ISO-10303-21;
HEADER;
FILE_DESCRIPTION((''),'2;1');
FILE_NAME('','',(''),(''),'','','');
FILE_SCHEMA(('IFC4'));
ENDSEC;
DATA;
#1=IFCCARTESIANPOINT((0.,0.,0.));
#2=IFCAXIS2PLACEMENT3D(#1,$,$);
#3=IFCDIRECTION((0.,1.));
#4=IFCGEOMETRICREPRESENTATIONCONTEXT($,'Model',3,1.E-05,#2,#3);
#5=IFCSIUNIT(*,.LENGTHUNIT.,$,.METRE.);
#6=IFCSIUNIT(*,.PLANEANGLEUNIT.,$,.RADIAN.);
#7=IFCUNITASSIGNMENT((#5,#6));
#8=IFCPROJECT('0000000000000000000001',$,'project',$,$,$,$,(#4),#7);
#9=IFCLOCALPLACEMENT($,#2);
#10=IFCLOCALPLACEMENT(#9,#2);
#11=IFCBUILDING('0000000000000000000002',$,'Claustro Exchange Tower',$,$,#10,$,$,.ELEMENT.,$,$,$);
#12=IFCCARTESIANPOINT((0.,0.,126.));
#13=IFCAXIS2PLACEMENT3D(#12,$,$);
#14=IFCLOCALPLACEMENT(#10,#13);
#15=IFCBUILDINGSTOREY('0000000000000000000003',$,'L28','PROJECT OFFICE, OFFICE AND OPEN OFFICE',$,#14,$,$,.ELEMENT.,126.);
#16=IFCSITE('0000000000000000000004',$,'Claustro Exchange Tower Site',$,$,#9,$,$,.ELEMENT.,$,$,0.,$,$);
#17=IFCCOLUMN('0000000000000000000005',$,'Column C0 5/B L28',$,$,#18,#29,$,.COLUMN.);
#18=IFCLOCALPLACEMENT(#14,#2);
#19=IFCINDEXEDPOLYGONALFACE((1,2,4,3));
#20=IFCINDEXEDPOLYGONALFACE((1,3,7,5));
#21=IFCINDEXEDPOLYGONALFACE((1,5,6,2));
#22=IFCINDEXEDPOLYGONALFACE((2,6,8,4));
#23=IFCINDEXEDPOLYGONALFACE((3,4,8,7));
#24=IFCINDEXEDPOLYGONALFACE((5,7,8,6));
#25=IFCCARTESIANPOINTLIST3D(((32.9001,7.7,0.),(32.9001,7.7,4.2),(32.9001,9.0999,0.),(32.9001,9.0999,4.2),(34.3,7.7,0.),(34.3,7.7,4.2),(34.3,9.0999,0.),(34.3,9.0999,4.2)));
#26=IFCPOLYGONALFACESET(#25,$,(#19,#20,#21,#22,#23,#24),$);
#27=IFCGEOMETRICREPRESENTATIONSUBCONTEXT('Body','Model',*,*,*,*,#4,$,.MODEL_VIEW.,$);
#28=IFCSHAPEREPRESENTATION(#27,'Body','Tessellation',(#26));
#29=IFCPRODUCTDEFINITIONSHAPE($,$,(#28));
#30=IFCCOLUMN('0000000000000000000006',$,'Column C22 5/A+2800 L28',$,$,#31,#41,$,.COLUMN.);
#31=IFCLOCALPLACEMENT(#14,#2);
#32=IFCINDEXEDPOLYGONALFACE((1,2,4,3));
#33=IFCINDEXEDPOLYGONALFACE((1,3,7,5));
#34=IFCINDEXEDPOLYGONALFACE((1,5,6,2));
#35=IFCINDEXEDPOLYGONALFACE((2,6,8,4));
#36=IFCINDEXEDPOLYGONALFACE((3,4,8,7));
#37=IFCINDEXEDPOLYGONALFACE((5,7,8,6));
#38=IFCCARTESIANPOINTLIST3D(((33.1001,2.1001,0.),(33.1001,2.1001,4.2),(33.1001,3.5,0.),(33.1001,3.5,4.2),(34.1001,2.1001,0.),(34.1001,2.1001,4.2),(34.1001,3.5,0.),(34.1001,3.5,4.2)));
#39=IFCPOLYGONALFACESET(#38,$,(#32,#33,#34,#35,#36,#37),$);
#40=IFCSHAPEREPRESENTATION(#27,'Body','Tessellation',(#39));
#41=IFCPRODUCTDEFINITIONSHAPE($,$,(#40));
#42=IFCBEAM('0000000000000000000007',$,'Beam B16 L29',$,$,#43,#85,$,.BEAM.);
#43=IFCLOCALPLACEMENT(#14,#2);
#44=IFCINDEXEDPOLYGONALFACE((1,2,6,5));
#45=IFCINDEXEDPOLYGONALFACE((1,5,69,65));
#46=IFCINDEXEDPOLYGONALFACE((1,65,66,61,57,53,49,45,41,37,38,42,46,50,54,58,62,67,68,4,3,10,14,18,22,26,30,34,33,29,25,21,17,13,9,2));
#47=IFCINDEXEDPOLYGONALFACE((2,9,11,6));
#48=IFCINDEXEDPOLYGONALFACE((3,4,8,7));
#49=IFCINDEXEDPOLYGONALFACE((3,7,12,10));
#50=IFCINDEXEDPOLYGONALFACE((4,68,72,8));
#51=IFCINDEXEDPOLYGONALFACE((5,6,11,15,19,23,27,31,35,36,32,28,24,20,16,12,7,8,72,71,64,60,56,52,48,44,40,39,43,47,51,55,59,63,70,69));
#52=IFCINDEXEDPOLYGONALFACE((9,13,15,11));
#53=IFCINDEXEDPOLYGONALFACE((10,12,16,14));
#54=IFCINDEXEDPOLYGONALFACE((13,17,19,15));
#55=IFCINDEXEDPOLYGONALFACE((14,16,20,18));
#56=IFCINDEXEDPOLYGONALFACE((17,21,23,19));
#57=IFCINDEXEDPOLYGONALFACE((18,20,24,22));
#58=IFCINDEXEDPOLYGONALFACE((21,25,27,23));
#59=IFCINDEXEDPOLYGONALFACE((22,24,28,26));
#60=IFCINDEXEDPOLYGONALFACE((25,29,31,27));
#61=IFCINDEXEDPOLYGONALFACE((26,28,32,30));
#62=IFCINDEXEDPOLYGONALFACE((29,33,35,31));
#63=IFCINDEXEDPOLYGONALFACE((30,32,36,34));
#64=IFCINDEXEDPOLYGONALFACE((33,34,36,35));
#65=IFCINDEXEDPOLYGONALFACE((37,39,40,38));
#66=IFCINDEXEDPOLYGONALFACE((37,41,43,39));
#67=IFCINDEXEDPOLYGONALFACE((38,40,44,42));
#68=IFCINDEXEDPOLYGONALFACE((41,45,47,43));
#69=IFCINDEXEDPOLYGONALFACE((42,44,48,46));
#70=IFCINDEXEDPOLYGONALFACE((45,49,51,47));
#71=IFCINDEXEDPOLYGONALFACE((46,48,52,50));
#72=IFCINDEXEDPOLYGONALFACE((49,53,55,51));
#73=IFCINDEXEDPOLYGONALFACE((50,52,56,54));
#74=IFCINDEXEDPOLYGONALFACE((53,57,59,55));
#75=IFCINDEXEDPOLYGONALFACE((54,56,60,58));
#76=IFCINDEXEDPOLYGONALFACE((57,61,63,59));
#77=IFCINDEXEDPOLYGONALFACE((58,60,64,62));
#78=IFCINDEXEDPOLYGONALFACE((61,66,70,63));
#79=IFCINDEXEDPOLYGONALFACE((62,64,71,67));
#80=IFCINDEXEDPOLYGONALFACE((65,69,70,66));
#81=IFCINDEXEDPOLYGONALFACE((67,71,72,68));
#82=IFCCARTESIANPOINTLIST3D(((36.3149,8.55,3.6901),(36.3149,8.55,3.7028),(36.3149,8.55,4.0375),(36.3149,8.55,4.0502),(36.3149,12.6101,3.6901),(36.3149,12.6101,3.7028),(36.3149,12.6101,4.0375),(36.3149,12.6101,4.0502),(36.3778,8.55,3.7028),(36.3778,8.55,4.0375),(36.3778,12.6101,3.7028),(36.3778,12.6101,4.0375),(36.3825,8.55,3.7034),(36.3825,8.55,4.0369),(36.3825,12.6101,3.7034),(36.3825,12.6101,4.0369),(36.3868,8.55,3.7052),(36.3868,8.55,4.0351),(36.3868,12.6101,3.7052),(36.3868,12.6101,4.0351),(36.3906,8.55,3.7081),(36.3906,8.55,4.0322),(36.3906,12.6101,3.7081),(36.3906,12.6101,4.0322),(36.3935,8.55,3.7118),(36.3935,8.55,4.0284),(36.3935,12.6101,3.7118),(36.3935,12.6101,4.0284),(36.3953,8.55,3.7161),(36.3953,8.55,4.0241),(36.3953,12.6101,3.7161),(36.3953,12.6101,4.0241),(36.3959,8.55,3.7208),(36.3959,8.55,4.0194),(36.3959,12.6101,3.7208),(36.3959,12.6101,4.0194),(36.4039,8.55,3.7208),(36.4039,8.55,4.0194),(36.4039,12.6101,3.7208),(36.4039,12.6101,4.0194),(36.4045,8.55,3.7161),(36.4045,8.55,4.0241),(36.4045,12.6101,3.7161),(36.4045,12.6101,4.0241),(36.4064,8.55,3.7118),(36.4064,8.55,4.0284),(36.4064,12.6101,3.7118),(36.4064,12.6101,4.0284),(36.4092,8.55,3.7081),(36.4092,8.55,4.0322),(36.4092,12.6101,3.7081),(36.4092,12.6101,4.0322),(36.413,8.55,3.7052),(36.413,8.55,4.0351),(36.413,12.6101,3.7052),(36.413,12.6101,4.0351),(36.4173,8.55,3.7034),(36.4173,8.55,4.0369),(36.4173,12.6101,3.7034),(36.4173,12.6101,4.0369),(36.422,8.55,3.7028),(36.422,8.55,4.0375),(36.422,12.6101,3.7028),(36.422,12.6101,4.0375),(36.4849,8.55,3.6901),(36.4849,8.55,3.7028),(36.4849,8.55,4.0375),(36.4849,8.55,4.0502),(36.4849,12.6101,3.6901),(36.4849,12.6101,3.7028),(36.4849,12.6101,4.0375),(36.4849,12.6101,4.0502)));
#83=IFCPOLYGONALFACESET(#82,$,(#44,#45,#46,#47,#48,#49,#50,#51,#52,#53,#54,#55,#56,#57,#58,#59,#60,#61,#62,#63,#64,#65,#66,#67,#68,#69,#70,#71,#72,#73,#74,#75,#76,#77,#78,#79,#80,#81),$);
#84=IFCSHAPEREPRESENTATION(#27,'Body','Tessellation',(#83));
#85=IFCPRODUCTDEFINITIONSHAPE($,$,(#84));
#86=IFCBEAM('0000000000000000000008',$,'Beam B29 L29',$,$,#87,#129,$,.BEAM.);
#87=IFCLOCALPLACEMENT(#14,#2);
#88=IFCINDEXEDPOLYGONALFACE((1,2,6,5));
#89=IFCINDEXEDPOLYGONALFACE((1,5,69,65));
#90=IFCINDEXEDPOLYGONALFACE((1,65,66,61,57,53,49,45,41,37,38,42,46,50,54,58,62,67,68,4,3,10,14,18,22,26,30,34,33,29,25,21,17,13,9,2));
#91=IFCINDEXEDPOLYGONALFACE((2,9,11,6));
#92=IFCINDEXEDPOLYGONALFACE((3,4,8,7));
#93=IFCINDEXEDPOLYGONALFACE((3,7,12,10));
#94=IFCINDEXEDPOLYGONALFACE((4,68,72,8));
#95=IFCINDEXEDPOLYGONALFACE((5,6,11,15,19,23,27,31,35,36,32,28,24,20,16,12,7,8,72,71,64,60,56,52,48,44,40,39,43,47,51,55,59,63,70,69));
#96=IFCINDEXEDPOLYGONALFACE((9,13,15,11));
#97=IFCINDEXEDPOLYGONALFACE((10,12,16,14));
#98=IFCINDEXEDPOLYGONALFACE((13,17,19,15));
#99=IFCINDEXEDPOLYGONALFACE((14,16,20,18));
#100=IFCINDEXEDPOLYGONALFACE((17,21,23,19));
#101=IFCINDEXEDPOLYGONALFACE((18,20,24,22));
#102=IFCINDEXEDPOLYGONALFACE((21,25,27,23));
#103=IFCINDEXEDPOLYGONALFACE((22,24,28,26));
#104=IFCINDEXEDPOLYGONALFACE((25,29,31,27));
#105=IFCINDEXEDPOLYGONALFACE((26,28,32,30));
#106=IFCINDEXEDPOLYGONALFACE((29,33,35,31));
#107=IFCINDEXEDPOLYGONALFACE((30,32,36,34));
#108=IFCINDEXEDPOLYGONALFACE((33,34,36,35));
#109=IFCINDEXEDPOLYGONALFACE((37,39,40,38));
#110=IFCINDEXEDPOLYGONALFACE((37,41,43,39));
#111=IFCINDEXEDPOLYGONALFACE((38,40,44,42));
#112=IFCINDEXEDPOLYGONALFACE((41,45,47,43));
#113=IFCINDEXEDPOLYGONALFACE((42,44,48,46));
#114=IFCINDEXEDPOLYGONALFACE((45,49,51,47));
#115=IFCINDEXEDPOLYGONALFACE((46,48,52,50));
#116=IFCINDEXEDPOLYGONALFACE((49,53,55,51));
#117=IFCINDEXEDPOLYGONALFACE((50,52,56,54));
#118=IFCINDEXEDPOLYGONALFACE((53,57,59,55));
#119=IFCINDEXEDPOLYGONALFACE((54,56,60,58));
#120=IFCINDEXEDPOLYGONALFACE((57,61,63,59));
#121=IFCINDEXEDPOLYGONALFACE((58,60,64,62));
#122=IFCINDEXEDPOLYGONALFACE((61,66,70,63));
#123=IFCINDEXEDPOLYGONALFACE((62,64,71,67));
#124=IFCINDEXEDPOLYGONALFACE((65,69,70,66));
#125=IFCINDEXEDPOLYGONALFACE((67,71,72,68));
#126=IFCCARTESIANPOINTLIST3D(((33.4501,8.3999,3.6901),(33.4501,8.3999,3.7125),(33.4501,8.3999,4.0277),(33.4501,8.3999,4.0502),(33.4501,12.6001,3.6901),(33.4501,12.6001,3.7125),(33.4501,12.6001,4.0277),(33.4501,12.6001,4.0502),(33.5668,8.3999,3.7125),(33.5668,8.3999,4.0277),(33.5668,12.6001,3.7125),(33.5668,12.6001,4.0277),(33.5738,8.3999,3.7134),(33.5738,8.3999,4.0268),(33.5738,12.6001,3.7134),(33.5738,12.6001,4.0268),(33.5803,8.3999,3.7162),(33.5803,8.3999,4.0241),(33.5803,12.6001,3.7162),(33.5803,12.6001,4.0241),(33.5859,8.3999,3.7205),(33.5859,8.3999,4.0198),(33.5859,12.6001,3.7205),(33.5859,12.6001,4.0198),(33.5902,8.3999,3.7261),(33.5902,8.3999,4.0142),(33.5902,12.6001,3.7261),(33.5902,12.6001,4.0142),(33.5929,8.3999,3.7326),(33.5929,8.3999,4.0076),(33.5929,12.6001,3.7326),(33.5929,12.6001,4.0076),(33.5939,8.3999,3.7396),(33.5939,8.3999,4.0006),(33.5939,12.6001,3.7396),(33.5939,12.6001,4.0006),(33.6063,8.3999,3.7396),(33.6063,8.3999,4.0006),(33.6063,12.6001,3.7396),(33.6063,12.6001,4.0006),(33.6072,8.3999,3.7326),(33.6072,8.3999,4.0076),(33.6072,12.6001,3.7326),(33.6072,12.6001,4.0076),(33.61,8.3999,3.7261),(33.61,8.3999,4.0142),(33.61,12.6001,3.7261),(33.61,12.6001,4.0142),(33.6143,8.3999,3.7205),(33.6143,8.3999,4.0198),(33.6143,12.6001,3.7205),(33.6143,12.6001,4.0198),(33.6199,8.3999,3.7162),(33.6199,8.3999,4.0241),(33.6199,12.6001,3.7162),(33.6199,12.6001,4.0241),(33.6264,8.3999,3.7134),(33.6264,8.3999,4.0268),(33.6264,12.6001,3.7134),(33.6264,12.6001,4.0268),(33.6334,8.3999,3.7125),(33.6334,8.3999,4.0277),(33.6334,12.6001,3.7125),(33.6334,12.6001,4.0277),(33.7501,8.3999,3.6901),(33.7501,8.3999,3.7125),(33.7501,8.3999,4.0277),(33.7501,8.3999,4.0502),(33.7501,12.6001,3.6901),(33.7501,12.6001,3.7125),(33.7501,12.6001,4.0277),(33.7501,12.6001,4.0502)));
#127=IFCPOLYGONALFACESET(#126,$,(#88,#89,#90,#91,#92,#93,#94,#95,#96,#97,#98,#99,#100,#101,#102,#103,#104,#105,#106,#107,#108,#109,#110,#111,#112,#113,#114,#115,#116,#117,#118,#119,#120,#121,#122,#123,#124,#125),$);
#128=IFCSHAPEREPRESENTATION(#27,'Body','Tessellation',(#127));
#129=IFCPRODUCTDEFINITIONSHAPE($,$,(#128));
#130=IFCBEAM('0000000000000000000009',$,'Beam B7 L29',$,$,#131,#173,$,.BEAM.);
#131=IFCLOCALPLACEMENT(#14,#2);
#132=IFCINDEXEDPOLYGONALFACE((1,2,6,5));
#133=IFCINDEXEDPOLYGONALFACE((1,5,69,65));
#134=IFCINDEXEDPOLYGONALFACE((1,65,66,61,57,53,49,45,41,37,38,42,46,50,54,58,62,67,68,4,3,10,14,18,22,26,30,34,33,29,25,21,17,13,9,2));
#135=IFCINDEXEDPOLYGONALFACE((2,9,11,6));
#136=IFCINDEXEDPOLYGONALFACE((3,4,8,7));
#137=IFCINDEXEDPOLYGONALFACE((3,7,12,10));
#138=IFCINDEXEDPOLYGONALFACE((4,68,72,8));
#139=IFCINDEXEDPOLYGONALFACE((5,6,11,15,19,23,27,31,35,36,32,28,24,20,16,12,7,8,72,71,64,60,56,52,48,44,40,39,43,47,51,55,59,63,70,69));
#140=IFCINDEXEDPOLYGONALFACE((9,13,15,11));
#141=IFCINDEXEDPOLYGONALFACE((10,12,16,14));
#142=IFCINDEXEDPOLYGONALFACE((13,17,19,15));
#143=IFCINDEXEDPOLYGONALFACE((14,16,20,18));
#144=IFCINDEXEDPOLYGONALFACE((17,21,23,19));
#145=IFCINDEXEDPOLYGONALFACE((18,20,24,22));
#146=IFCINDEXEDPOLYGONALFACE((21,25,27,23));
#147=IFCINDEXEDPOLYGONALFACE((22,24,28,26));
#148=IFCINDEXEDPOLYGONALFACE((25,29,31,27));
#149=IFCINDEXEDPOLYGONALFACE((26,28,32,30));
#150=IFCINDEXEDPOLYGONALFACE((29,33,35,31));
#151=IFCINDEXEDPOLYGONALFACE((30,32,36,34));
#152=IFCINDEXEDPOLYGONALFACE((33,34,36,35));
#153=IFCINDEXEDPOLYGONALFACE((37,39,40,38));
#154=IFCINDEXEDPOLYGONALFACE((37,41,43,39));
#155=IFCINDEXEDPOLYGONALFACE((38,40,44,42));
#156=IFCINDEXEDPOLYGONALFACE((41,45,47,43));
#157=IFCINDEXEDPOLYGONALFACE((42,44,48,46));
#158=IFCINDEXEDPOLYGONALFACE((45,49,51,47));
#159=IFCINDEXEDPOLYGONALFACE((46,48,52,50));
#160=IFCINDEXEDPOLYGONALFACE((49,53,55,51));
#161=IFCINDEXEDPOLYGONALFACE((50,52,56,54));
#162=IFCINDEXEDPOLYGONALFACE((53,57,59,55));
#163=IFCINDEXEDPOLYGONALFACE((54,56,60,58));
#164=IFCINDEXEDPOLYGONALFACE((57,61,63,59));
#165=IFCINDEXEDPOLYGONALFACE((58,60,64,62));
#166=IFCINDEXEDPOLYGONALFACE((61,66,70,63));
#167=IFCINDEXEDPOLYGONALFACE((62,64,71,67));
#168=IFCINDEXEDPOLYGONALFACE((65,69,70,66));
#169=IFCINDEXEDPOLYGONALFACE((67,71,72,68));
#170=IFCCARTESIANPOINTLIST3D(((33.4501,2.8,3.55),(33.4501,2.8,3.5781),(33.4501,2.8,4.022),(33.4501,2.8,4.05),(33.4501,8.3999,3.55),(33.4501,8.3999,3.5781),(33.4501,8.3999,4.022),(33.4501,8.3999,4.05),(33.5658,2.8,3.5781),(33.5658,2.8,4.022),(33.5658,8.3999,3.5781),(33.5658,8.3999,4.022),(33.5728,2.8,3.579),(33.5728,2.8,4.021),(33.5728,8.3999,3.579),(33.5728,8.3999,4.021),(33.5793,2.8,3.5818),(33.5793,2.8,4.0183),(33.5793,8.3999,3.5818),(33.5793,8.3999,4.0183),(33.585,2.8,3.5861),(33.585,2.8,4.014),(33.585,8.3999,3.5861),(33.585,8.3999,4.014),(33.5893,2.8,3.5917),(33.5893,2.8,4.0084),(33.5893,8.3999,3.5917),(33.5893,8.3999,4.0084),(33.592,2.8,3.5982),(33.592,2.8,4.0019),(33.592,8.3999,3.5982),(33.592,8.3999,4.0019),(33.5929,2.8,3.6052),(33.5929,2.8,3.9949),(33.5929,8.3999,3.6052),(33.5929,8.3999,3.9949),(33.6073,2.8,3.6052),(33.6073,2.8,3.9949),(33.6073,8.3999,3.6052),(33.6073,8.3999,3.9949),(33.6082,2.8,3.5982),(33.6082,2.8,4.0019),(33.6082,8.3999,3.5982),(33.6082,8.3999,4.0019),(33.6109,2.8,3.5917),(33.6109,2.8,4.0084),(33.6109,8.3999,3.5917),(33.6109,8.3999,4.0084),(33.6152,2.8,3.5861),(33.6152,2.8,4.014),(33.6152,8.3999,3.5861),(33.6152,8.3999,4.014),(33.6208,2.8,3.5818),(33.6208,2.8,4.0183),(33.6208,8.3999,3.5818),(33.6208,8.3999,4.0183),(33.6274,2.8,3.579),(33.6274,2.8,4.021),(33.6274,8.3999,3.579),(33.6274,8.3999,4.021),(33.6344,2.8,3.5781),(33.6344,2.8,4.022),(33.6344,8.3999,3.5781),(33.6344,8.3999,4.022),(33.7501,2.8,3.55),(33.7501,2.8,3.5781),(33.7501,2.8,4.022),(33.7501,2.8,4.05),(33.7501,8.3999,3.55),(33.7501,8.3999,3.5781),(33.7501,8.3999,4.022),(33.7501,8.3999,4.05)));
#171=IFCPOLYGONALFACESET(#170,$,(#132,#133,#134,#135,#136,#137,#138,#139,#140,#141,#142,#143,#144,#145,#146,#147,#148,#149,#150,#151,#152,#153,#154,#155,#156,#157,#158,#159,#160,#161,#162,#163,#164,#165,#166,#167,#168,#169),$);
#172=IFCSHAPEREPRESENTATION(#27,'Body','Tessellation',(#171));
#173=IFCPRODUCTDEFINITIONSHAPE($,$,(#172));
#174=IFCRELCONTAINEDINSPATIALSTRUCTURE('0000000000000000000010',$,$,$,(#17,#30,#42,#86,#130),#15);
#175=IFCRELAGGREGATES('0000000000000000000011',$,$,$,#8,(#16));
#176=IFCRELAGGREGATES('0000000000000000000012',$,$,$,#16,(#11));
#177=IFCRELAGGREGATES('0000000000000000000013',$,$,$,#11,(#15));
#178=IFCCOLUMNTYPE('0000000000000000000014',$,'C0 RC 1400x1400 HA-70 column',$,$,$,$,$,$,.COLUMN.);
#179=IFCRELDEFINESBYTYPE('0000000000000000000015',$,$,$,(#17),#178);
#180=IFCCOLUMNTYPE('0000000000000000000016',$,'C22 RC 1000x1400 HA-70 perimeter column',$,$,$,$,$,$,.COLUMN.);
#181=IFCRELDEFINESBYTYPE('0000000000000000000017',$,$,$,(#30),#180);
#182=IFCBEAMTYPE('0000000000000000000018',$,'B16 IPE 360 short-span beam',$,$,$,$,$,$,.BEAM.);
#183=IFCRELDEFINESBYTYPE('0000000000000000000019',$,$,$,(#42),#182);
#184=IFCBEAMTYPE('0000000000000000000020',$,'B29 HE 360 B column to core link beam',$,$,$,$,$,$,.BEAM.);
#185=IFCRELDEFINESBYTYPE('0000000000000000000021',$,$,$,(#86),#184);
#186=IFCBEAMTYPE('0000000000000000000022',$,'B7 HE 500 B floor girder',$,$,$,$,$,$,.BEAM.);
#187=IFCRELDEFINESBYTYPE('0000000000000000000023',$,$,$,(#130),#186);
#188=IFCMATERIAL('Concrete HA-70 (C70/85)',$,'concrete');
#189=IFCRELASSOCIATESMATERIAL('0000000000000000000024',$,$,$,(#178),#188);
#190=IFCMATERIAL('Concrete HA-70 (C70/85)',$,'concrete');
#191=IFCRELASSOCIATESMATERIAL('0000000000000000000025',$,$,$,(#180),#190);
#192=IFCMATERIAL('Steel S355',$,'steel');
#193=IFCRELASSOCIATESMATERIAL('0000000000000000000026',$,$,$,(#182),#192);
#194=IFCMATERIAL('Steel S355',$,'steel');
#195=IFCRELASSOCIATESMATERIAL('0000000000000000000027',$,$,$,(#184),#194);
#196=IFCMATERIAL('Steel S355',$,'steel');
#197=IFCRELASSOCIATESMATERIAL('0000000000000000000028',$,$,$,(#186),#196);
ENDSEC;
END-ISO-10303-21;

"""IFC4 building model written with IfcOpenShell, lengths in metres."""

from ifc_helpers import new_model, si_unit, direction, frame, origin, origin_2d, place, context, subcontext, project, spatial, rectangle, i_section, extrude, material, material_profile, profile_set, type_object, element, save


model = new_model("IFC4")

# Units and contexts
model_context = context("Model", 3, precision=1e-05, world=origin(), true_north=direction((0.0, 1.0)))
body_context = subcontext(model_context, "Body", "Model", "MODEL_VIEW")
ifc_project = project(units=[si_unit("LENGTHUNIT", "METRE"), si_unit("PLANEANGLEUNIT", "RADIAN")], contexts=[model_context])

# Site, building, storey
site_placement = place(None, origin())
site = spatial("IfcSite", under=ifc_project, at=site_placement, Name="Claustro Exchange Tower Site", CompositionType="ELEMENT", RefElevation=0.0)
building_placement = place(site_placement, origin())
building = spatial("IfcBuilding", under=site, at=building_placement, Name="Claustro Exchange Tower", CompositionType="ELEMENT")
storey_placement = place(building_placement, frame((0.0, 0.0, 126.0)))
storey = spatial("IfcBuildingStorey", under=building, at=storey_placement, Name="L28", Description="PROJECT OFFICE, OFFICE AND OPEN OFFICE", CompositionType="ELEMENT", Elevation=126.0)

# Columns
ifc_material_1 = material(Name="Concrete HA-70 (C70/85)", Category="concrete")
ifc_material_profile_1 = material_profile(ifc_material_1, rectangle(XDim=1.3999, YDim=1.3999, at=origin_2d()), Name="RC 1400x1400")
ifc_profile_set_1 = profile_set([ifc_material_profile_1], Name="Concrete HA-70 (C70/85)")
column_type_1 = type_object("IfcColumnType", Name="C0 RC 1400x1400 HA-70 column", PredefinedType="COLUMN", material=ifc_profile_set_1)
column_1_placement = place(storey_placement, frame((33.6001, 8.3999, 0.0), z_axis=(0.0, 0.0, 1.0), x_axis=(1.0, 0.0, 0.0)))
element("IfcColumn", 1, at=column_1_placement, inside=storey, type_object=column_type_1, Name="Column C0 5/B L28", PredefinedType="COLUMN", context=body_context, shape_type="SweptSolid", body=[
    extrude(rectangle(XDim=1.3999, YDim=1.3999, at=origin_2d()), origin(), (0.0, 0.0, 1.0), 4.2),
])
ifc_material_2 = material(Name="Concrete HA-70 (C70/85)", Category="concrete")
ifc_material_profile_2 = material_profile(ifc_material_2, rectangle(XDim=1.0, YDim=1.3999, at=origin_2d()), Name="RC 1000x1400")
ifc_profile_set_2 = profile_set([ifc_material_profile_2], Name="Concrete HA-70 (C70/85)")
column_type_2 = type_object("IfcColumnType", Name="C22 RC 1000x1400 HA-70 perimeter column", PredefinedType="COLUMN", material=ifc_profile_set_2)
column_2_placement = place(storey_placement, frame((33.6001, 2.8, 0.0), z_axis=(0.0, 0.0, 1.0), x_axis=(1.0, 0.0, 0.0)))
element("IfcColumn", 2, at=column_2_placement, inside=storey, type_object=column_type_2, Name="Column C22 5/A+2800 L28", PredefinedType="COLUMN", context=body_context, shape_type="SweptSolid", body=[
    extrude(rectangle(XDim=1.0, YDim=1.3999, at=origin_2d()), origin(), (0.0, 0.0, 1.0), 4.2),
])

# Beams
ifc_material_3 = material(Name="Steel S355", Category="steel")
ifc_material_profile_3 = material_profile(ifc_material_3, i_section(OverallWidth=0.1699, OverallDepth=0.3601, WebThickness=0.0081, FlangeThickness=0.0127, FilletRadius=0.0181, at=origin_2d()), Name="IPE 360")
ifc_profile_set_3 = profile_set([ifc_material_profile_3], Name="Steel S355")
beam_type_1 = type_object("IfcBeamType", Name="B16 IPE 360 short-span beam", PredefinedType="BEAM", material=ifc_profile_set_3)
beam_1_placement = place(storey_placement, frame((36.3999, 8.55, 3.8701), z_axis=(0.0, 1.0, 0.0), x_axis=(-1.0, 0.0, 0.0)))
element("IfcBeam", 3, at=beam_1_placement, inside=storey, type_object=beam_type_1, Name="Beam B16 L29", PredefinedType="BEAM", context=body_context, shape_type="SweptSolid", body=[
    extrude(i_section(OverallWidth=0.1699, OverallDepth=0.3601, WebThickness=0.0081, FlangeThickness=0.0127, FilletRadius=0.0181, at=origin_2d()), origin(), (0.0, 0.0, 1.0), 4.0601),
])
ifc_material_4 = material(Name="Steel S355", Category="steel")
ifc_material_profile_4 = material_profile(ifc_material_4, i_section(OverallWidth=0.3, OverallDepth=0.3601, WebThickness=0.0125, FlangeThickness=0.0225, FilletRadius=0.0271, at=origin_2d()), Name="HE 360 B")
ifc_profile_set_4 = profile_set([ifc_material_profile_4], Name="Steel S355")
beam_type_2 = type_object("IfcBeamType", Name="B29 HE 360 B column to core link beam", PredefinedType="BEAM", material=ifc_profile_set_4)
beam_2_placement = place(storey_placement, frame((33.6001, 8.3999, 3.8701), z_axis=(0.0, 1.0, 0.0), x_axis=(-1.0, 0.0, 0.0)))
element("IfcBeam", 4, at=beam_2_placement, inside=storey, type_object=beam_type_2, Name="Beam B29 L29", PredefinedType="BEAM", context=body_context, shape_type="SweptSolid", body=[
    extrude(i_section(OverallWidth=0.3, OverallDepth=0.3601, WebThickness=0.0125, FlangeThickness=0.0225, FilletRadius=0.0271, at=origin_2d()), origin(), (0.0, 0.0, 1.0), 4.2002),
])
ifc_material_5 = material(Name="Steel S355", Category="steel")
ifc_material_profile_5 = material_profile(ifc_material_5, i_section(OverallWidth=0.3, OverallDepth=0.5, WebThickness=0.0144, FlangeThickness=0.0281, FilletRadius=0.0271, at=origin_2d()), Name="HE 500 B")
ifc_profile_set_5 = profile_set([ifc_material_profile_5], Name="Steel S355")
beam_type_3 = type_object("IfcBeamType", Name="B7 HE 500 B floor girder", PredefinedType="BEAM", material=ifc_profile_set_5)
beam_3_placement = place(storey_placement, frame((33.6001, 2.8, 3.8), z_axis=(0.0, 1.0, 0.0), x_axis=(-1.0, 0.0, 0.0)))
element("IfcBeam", 5, at=beam_3_placement, inside=storey, type_object=beam_type_3, Name="Beam B7 L29", PredefinedType="BEAM", context=body_context, shape_type="SweptSolid", body=[
    extrude(i_section(OverallWidth=0.3, OverallDepth=0.5, WebThickness=0.0144, FlangeThickness=0.0281, FilletRadius=0.0271, at=origin_2d()), origin(), (0.0, 0.0, 1.0), 5.5999),
])

save(model, "model.ifc")
